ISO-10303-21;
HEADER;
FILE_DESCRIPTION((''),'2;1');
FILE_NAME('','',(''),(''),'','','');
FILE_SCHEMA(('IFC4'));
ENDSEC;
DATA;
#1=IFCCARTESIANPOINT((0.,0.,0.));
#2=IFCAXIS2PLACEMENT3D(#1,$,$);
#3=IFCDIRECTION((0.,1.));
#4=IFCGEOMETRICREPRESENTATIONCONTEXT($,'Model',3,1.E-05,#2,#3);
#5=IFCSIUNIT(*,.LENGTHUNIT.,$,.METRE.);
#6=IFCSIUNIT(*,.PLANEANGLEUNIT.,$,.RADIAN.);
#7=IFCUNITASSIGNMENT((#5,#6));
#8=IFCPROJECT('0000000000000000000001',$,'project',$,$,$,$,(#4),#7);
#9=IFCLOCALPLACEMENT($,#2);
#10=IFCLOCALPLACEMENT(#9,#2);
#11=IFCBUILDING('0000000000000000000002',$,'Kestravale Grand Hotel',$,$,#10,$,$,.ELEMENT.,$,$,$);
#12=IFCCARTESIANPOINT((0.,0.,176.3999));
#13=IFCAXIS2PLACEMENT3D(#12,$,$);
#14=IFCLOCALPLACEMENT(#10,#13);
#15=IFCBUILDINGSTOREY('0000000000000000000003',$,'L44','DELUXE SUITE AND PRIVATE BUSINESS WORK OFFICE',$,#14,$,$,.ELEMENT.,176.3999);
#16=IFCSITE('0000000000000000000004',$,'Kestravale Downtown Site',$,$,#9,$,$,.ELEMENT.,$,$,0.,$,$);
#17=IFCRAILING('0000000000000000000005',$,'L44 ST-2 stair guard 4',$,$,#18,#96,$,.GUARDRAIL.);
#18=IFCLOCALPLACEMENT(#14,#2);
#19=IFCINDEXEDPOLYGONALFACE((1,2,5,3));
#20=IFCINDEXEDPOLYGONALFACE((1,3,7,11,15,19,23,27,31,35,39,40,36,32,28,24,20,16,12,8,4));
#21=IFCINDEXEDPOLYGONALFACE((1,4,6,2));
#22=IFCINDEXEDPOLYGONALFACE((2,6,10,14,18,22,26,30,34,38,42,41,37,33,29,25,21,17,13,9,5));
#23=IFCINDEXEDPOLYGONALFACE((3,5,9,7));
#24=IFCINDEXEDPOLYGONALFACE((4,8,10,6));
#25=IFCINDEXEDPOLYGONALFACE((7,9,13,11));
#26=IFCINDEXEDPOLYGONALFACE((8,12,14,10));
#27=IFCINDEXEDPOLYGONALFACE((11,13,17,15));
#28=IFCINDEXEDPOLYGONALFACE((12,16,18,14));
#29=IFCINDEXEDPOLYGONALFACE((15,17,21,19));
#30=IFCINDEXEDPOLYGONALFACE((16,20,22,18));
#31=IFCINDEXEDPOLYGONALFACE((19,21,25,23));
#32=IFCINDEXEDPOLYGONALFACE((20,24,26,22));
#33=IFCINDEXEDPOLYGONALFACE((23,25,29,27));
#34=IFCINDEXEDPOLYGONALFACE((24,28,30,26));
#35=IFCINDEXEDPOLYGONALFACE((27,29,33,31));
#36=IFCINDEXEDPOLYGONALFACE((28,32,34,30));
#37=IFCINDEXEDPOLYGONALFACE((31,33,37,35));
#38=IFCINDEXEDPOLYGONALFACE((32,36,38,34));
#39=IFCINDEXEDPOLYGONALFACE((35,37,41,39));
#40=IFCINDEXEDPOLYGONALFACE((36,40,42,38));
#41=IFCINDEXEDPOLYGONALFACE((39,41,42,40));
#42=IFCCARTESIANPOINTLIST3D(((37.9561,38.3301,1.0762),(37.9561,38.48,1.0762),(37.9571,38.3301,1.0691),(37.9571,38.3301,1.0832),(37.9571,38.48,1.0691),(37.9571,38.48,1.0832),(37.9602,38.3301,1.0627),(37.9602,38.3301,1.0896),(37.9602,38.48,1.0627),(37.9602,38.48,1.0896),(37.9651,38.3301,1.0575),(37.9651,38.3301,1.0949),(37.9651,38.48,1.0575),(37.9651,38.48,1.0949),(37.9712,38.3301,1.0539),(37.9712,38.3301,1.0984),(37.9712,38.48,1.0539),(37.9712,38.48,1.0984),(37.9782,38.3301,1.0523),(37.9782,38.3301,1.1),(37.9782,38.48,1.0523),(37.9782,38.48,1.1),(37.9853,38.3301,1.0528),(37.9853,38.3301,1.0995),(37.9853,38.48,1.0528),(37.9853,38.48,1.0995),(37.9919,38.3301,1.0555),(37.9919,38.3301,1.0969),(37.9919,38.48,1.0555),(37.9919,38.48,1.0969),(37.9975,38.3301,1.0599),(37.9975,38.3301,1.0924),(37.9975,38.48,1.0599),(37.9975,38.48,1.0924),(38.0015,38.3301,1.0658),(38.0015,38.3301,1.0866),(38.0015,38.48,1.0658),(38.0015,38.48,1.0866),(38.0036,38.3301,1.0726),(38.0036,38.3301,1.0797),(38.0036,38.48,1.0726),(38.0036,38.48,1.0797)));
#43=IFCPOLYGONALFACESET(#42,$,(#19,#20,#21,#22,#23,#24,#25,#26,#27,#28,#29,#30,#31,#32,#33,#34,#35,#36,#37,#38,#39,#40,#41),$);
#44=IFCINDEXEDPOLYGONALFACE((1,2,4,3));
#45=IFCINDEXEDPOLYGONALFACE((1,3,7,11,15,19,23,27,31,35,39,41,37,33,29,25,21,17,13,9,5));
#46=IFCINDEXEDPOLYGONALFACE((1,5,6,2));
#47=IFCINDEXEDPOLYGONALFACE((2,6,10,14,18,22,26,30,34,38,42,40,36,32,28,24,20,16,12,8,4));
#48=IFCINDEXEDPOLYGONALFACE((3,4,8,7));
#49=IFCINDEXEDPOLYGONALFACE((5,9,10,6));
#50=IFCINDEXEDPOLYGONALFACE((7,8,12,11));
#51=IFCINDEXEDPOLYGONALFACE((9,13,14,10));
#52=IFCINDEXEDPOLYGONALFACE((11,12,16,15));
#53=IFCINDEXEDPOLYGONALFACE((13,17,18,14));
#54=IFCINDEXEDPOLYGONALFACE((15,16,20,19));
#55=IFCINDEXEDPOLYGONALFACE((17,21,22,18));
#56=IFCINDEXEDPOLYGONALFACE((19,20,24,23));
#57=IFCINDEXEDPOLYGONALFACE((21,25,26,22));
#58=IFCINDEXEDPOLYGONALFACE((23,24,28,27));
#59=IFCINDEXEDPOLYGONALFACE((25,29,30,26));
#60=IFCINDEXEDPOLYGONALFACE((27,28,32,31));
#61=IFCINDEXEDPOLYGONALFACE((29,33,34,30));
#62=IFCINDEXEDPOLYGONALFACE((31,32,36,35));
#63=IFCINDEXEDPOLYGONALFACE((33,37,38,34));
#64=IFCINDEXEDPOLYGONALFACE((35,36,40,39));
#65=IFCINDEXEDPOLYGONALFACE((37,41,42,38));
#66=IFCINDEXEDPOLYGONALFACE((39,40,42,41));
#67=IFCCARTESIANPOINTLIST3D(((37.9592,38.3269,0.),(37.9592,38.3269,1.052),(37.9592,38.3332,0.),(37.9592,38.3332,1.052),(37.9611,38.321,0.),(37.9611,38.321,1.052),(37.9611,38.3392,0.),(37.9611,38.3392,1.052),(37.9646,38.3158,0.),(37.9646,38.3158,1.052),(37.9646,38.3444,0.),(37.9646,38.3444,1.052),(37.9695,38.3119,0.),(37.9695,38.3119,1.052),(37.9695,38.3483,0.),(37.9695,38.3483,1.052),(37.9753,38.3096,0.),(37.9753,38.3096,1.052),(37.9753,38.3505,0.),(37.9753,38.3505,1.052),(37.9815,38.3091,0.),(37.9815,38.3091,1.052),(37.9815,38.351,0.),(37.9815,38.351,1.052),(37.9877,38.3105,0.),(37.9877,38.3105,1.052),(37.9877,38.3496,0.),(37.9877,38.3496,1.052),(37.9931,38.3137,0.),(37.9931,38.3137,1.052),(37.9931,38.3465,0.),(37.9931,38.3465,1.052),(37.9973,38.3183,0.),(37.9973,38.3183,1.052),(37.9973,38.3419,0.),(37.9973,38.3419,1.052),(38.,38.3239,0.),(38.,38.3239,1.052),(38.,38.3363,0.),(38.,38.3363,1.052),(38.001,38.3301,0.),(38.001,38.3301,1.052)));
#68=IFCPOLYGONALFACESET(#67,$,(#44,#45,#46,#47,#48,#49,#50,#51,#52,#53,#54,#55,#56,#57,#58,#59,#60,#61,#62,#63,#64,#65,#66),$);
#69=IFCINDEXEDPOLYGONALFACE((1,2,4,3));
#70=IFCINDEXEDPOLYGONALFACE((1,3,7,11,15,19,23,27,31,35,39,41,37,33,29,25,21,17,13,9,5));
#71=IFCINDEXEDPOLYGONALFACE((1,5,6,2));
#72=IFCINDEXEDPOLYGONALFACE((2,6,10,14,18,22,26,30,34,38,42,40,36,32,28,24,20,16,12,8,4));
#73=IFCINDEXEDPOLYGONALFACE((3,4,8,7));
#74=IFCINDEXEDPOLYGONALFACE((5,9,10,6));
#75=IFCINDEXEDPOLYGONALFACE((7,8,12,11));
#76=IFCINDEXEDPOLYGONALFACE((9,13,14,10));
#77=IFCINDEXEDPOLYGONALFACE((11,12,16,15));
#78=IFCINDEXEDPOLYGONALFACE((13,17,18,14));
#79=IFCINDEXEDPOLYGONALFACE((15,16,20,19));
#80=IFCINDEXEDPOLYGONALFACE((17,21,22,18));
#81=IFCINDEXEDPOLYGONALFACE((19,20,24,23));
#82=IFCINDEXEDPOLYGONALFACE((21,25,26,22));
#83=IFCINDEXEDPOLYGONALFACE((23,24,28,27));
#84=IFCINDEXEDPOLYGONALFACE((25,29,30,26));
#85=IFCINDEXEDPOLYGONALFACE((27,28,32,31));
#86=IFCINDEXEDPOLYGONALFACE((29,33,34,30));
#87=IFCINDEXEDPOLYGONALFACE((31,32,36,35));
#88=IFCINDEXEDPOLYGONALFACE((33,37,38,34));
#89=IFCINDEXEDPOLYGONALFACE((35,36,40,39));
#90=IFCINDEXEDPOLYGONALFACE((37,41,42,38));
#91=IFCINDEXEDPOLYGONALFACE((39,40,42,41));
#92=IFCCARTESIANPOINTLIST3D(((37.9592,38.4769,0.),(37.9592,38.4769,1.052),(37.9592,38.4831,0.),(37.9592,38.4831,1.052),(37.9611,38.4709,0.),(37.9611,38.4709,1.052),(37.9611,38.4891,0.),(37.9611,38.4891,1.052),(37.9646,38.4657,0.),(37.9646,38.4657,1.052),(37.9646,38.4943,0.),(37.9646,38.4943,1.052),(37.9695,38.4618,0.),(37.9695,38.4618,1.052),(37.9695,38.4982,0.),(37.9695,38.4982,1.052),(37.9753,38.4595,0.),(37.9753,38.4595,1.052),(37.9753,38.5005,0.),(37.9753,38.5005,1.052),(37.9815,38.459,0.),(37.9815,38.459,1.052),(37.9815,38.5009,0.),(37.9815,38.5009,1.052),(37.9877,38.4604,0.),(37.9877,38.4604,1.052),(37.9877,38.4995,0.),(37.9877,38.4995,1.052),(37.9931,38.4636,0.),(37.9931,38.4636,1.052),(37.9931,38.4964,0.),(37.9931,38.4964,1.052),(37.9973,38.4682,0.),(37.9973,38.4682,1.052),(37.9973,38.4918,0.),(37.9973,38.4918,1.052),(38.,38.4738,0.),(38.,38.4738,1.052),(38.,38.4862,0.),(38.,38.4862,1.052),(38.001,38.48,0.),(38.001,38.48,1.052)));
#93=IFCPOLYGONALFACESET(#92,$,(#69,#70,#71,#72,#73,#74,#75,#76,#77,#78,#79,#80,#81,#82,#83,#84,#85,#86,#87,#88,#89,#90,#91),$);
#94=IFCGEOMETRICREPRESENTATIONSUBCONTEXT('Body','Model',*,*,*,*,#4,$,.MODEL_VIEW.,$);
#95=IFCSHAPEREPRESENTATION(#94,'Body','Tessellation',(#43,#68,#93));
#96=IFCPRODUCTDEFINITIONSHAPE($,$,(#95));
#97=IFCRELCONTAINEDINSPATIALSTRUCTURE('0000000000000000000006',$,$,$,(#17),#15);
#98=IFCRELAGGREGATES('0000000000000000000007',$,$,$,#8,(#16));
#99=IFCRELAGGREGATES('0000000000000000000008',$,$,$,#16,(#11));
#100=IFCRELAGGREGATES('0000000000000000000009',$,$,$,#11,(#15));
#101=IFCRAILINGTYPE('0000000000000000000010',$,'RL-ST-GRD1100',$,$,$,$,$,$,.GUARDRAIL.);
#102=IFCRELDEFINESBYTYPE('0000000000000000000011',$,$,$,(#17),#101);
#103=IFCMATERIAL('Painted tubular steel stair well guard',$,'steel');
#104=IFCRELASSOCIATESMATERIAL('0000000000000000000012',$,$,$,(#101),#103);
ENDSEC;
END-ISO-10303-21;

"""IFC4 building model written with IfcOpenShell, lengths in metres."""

from ifc_helpers import new_model, si_unit, direction, frame, origin, origin_2d, place, context, subcontext, project, spatial, circle, extrude, material, type_object, element, save


model = new_model("IFC4")

# Units and contexts
model_context = context("Model", 3, precision=1e-05, world=origin(), true_north=direction((0.0, 1.0)))
body_context = subcontext(model_context, "Body", "Model", "MODEL_VIEW")
ifc_project = project(units=[si_unit("LENGTHUNIT", "METRE"), si_unit("PLANEANGLEUNIT", "RADIAN")], contexts=[model_context])

# Site, building, storey
site_placement = place(None, origin())
site = spatial("IfcSite", under=ifc_project, at=site_placement, Name="Kestravale Downtown Site", CompositionType="ELEMENT", RefElevation=0.0)
building_placement = place(site_placement, origin())
building = spatial("IfcBuilding", under=site, at=building_placement, Name="Kestravale Grand Hotel", CompositionType="ELEMENT")
storey_placement = place(building_placement, frame((0.0, 0.0, 176.3999)))
storey = spatial("IfcBuildingStorey", under=building, at=storey_placement, Name="L44", Description="DELUXE SUITE AND PRIVATE BUSINESS WORK OFFICE", CompositionType="ELEMENT", Elevation=176.3999)

# Railing
ifc_material_1 = material(Name="Painted tubular steel stair well guard", Category="steel")
railing_type_1 = type_object("IfcRailingType", Name="RL-ST-GRD1100", PredefinedType="GUARDRAIL", material=ifc_material_1)
railing_1_placement = place(storey_placement, frame((37.98, 38.3301, 0.0)))
element("IfcRailing", 1, at=railing_1_placement, inside=storey, type_object=railing_type_1, Name="L44 ST-2 stair guard 4", PredefinedType="GUARDRAIL", context=body_context, shape_type="SweptSolid", body=[
    extrude(circle(Radius=0.0239, at=origin_2d()), frame((0.0, 0.0, 1.0762), z_axis=(0.0, 1.0, 0.0), x_axis=(-1.0, 0.0, 0.0)), (0.0, 0.0, 1.0), 0.1499),
    extrude(circle(Radius=0.021, at=origin_2d()), origin(), (0.0, 0.0, 1.0), 1.052),
    extrude(circle(Radius=0.021, at=origin_2d()), frame((0.0, 0.1499, 0.0)), (0.0, 0.0, 1.0), 1.052),
])

save(model, "model.ifc")
